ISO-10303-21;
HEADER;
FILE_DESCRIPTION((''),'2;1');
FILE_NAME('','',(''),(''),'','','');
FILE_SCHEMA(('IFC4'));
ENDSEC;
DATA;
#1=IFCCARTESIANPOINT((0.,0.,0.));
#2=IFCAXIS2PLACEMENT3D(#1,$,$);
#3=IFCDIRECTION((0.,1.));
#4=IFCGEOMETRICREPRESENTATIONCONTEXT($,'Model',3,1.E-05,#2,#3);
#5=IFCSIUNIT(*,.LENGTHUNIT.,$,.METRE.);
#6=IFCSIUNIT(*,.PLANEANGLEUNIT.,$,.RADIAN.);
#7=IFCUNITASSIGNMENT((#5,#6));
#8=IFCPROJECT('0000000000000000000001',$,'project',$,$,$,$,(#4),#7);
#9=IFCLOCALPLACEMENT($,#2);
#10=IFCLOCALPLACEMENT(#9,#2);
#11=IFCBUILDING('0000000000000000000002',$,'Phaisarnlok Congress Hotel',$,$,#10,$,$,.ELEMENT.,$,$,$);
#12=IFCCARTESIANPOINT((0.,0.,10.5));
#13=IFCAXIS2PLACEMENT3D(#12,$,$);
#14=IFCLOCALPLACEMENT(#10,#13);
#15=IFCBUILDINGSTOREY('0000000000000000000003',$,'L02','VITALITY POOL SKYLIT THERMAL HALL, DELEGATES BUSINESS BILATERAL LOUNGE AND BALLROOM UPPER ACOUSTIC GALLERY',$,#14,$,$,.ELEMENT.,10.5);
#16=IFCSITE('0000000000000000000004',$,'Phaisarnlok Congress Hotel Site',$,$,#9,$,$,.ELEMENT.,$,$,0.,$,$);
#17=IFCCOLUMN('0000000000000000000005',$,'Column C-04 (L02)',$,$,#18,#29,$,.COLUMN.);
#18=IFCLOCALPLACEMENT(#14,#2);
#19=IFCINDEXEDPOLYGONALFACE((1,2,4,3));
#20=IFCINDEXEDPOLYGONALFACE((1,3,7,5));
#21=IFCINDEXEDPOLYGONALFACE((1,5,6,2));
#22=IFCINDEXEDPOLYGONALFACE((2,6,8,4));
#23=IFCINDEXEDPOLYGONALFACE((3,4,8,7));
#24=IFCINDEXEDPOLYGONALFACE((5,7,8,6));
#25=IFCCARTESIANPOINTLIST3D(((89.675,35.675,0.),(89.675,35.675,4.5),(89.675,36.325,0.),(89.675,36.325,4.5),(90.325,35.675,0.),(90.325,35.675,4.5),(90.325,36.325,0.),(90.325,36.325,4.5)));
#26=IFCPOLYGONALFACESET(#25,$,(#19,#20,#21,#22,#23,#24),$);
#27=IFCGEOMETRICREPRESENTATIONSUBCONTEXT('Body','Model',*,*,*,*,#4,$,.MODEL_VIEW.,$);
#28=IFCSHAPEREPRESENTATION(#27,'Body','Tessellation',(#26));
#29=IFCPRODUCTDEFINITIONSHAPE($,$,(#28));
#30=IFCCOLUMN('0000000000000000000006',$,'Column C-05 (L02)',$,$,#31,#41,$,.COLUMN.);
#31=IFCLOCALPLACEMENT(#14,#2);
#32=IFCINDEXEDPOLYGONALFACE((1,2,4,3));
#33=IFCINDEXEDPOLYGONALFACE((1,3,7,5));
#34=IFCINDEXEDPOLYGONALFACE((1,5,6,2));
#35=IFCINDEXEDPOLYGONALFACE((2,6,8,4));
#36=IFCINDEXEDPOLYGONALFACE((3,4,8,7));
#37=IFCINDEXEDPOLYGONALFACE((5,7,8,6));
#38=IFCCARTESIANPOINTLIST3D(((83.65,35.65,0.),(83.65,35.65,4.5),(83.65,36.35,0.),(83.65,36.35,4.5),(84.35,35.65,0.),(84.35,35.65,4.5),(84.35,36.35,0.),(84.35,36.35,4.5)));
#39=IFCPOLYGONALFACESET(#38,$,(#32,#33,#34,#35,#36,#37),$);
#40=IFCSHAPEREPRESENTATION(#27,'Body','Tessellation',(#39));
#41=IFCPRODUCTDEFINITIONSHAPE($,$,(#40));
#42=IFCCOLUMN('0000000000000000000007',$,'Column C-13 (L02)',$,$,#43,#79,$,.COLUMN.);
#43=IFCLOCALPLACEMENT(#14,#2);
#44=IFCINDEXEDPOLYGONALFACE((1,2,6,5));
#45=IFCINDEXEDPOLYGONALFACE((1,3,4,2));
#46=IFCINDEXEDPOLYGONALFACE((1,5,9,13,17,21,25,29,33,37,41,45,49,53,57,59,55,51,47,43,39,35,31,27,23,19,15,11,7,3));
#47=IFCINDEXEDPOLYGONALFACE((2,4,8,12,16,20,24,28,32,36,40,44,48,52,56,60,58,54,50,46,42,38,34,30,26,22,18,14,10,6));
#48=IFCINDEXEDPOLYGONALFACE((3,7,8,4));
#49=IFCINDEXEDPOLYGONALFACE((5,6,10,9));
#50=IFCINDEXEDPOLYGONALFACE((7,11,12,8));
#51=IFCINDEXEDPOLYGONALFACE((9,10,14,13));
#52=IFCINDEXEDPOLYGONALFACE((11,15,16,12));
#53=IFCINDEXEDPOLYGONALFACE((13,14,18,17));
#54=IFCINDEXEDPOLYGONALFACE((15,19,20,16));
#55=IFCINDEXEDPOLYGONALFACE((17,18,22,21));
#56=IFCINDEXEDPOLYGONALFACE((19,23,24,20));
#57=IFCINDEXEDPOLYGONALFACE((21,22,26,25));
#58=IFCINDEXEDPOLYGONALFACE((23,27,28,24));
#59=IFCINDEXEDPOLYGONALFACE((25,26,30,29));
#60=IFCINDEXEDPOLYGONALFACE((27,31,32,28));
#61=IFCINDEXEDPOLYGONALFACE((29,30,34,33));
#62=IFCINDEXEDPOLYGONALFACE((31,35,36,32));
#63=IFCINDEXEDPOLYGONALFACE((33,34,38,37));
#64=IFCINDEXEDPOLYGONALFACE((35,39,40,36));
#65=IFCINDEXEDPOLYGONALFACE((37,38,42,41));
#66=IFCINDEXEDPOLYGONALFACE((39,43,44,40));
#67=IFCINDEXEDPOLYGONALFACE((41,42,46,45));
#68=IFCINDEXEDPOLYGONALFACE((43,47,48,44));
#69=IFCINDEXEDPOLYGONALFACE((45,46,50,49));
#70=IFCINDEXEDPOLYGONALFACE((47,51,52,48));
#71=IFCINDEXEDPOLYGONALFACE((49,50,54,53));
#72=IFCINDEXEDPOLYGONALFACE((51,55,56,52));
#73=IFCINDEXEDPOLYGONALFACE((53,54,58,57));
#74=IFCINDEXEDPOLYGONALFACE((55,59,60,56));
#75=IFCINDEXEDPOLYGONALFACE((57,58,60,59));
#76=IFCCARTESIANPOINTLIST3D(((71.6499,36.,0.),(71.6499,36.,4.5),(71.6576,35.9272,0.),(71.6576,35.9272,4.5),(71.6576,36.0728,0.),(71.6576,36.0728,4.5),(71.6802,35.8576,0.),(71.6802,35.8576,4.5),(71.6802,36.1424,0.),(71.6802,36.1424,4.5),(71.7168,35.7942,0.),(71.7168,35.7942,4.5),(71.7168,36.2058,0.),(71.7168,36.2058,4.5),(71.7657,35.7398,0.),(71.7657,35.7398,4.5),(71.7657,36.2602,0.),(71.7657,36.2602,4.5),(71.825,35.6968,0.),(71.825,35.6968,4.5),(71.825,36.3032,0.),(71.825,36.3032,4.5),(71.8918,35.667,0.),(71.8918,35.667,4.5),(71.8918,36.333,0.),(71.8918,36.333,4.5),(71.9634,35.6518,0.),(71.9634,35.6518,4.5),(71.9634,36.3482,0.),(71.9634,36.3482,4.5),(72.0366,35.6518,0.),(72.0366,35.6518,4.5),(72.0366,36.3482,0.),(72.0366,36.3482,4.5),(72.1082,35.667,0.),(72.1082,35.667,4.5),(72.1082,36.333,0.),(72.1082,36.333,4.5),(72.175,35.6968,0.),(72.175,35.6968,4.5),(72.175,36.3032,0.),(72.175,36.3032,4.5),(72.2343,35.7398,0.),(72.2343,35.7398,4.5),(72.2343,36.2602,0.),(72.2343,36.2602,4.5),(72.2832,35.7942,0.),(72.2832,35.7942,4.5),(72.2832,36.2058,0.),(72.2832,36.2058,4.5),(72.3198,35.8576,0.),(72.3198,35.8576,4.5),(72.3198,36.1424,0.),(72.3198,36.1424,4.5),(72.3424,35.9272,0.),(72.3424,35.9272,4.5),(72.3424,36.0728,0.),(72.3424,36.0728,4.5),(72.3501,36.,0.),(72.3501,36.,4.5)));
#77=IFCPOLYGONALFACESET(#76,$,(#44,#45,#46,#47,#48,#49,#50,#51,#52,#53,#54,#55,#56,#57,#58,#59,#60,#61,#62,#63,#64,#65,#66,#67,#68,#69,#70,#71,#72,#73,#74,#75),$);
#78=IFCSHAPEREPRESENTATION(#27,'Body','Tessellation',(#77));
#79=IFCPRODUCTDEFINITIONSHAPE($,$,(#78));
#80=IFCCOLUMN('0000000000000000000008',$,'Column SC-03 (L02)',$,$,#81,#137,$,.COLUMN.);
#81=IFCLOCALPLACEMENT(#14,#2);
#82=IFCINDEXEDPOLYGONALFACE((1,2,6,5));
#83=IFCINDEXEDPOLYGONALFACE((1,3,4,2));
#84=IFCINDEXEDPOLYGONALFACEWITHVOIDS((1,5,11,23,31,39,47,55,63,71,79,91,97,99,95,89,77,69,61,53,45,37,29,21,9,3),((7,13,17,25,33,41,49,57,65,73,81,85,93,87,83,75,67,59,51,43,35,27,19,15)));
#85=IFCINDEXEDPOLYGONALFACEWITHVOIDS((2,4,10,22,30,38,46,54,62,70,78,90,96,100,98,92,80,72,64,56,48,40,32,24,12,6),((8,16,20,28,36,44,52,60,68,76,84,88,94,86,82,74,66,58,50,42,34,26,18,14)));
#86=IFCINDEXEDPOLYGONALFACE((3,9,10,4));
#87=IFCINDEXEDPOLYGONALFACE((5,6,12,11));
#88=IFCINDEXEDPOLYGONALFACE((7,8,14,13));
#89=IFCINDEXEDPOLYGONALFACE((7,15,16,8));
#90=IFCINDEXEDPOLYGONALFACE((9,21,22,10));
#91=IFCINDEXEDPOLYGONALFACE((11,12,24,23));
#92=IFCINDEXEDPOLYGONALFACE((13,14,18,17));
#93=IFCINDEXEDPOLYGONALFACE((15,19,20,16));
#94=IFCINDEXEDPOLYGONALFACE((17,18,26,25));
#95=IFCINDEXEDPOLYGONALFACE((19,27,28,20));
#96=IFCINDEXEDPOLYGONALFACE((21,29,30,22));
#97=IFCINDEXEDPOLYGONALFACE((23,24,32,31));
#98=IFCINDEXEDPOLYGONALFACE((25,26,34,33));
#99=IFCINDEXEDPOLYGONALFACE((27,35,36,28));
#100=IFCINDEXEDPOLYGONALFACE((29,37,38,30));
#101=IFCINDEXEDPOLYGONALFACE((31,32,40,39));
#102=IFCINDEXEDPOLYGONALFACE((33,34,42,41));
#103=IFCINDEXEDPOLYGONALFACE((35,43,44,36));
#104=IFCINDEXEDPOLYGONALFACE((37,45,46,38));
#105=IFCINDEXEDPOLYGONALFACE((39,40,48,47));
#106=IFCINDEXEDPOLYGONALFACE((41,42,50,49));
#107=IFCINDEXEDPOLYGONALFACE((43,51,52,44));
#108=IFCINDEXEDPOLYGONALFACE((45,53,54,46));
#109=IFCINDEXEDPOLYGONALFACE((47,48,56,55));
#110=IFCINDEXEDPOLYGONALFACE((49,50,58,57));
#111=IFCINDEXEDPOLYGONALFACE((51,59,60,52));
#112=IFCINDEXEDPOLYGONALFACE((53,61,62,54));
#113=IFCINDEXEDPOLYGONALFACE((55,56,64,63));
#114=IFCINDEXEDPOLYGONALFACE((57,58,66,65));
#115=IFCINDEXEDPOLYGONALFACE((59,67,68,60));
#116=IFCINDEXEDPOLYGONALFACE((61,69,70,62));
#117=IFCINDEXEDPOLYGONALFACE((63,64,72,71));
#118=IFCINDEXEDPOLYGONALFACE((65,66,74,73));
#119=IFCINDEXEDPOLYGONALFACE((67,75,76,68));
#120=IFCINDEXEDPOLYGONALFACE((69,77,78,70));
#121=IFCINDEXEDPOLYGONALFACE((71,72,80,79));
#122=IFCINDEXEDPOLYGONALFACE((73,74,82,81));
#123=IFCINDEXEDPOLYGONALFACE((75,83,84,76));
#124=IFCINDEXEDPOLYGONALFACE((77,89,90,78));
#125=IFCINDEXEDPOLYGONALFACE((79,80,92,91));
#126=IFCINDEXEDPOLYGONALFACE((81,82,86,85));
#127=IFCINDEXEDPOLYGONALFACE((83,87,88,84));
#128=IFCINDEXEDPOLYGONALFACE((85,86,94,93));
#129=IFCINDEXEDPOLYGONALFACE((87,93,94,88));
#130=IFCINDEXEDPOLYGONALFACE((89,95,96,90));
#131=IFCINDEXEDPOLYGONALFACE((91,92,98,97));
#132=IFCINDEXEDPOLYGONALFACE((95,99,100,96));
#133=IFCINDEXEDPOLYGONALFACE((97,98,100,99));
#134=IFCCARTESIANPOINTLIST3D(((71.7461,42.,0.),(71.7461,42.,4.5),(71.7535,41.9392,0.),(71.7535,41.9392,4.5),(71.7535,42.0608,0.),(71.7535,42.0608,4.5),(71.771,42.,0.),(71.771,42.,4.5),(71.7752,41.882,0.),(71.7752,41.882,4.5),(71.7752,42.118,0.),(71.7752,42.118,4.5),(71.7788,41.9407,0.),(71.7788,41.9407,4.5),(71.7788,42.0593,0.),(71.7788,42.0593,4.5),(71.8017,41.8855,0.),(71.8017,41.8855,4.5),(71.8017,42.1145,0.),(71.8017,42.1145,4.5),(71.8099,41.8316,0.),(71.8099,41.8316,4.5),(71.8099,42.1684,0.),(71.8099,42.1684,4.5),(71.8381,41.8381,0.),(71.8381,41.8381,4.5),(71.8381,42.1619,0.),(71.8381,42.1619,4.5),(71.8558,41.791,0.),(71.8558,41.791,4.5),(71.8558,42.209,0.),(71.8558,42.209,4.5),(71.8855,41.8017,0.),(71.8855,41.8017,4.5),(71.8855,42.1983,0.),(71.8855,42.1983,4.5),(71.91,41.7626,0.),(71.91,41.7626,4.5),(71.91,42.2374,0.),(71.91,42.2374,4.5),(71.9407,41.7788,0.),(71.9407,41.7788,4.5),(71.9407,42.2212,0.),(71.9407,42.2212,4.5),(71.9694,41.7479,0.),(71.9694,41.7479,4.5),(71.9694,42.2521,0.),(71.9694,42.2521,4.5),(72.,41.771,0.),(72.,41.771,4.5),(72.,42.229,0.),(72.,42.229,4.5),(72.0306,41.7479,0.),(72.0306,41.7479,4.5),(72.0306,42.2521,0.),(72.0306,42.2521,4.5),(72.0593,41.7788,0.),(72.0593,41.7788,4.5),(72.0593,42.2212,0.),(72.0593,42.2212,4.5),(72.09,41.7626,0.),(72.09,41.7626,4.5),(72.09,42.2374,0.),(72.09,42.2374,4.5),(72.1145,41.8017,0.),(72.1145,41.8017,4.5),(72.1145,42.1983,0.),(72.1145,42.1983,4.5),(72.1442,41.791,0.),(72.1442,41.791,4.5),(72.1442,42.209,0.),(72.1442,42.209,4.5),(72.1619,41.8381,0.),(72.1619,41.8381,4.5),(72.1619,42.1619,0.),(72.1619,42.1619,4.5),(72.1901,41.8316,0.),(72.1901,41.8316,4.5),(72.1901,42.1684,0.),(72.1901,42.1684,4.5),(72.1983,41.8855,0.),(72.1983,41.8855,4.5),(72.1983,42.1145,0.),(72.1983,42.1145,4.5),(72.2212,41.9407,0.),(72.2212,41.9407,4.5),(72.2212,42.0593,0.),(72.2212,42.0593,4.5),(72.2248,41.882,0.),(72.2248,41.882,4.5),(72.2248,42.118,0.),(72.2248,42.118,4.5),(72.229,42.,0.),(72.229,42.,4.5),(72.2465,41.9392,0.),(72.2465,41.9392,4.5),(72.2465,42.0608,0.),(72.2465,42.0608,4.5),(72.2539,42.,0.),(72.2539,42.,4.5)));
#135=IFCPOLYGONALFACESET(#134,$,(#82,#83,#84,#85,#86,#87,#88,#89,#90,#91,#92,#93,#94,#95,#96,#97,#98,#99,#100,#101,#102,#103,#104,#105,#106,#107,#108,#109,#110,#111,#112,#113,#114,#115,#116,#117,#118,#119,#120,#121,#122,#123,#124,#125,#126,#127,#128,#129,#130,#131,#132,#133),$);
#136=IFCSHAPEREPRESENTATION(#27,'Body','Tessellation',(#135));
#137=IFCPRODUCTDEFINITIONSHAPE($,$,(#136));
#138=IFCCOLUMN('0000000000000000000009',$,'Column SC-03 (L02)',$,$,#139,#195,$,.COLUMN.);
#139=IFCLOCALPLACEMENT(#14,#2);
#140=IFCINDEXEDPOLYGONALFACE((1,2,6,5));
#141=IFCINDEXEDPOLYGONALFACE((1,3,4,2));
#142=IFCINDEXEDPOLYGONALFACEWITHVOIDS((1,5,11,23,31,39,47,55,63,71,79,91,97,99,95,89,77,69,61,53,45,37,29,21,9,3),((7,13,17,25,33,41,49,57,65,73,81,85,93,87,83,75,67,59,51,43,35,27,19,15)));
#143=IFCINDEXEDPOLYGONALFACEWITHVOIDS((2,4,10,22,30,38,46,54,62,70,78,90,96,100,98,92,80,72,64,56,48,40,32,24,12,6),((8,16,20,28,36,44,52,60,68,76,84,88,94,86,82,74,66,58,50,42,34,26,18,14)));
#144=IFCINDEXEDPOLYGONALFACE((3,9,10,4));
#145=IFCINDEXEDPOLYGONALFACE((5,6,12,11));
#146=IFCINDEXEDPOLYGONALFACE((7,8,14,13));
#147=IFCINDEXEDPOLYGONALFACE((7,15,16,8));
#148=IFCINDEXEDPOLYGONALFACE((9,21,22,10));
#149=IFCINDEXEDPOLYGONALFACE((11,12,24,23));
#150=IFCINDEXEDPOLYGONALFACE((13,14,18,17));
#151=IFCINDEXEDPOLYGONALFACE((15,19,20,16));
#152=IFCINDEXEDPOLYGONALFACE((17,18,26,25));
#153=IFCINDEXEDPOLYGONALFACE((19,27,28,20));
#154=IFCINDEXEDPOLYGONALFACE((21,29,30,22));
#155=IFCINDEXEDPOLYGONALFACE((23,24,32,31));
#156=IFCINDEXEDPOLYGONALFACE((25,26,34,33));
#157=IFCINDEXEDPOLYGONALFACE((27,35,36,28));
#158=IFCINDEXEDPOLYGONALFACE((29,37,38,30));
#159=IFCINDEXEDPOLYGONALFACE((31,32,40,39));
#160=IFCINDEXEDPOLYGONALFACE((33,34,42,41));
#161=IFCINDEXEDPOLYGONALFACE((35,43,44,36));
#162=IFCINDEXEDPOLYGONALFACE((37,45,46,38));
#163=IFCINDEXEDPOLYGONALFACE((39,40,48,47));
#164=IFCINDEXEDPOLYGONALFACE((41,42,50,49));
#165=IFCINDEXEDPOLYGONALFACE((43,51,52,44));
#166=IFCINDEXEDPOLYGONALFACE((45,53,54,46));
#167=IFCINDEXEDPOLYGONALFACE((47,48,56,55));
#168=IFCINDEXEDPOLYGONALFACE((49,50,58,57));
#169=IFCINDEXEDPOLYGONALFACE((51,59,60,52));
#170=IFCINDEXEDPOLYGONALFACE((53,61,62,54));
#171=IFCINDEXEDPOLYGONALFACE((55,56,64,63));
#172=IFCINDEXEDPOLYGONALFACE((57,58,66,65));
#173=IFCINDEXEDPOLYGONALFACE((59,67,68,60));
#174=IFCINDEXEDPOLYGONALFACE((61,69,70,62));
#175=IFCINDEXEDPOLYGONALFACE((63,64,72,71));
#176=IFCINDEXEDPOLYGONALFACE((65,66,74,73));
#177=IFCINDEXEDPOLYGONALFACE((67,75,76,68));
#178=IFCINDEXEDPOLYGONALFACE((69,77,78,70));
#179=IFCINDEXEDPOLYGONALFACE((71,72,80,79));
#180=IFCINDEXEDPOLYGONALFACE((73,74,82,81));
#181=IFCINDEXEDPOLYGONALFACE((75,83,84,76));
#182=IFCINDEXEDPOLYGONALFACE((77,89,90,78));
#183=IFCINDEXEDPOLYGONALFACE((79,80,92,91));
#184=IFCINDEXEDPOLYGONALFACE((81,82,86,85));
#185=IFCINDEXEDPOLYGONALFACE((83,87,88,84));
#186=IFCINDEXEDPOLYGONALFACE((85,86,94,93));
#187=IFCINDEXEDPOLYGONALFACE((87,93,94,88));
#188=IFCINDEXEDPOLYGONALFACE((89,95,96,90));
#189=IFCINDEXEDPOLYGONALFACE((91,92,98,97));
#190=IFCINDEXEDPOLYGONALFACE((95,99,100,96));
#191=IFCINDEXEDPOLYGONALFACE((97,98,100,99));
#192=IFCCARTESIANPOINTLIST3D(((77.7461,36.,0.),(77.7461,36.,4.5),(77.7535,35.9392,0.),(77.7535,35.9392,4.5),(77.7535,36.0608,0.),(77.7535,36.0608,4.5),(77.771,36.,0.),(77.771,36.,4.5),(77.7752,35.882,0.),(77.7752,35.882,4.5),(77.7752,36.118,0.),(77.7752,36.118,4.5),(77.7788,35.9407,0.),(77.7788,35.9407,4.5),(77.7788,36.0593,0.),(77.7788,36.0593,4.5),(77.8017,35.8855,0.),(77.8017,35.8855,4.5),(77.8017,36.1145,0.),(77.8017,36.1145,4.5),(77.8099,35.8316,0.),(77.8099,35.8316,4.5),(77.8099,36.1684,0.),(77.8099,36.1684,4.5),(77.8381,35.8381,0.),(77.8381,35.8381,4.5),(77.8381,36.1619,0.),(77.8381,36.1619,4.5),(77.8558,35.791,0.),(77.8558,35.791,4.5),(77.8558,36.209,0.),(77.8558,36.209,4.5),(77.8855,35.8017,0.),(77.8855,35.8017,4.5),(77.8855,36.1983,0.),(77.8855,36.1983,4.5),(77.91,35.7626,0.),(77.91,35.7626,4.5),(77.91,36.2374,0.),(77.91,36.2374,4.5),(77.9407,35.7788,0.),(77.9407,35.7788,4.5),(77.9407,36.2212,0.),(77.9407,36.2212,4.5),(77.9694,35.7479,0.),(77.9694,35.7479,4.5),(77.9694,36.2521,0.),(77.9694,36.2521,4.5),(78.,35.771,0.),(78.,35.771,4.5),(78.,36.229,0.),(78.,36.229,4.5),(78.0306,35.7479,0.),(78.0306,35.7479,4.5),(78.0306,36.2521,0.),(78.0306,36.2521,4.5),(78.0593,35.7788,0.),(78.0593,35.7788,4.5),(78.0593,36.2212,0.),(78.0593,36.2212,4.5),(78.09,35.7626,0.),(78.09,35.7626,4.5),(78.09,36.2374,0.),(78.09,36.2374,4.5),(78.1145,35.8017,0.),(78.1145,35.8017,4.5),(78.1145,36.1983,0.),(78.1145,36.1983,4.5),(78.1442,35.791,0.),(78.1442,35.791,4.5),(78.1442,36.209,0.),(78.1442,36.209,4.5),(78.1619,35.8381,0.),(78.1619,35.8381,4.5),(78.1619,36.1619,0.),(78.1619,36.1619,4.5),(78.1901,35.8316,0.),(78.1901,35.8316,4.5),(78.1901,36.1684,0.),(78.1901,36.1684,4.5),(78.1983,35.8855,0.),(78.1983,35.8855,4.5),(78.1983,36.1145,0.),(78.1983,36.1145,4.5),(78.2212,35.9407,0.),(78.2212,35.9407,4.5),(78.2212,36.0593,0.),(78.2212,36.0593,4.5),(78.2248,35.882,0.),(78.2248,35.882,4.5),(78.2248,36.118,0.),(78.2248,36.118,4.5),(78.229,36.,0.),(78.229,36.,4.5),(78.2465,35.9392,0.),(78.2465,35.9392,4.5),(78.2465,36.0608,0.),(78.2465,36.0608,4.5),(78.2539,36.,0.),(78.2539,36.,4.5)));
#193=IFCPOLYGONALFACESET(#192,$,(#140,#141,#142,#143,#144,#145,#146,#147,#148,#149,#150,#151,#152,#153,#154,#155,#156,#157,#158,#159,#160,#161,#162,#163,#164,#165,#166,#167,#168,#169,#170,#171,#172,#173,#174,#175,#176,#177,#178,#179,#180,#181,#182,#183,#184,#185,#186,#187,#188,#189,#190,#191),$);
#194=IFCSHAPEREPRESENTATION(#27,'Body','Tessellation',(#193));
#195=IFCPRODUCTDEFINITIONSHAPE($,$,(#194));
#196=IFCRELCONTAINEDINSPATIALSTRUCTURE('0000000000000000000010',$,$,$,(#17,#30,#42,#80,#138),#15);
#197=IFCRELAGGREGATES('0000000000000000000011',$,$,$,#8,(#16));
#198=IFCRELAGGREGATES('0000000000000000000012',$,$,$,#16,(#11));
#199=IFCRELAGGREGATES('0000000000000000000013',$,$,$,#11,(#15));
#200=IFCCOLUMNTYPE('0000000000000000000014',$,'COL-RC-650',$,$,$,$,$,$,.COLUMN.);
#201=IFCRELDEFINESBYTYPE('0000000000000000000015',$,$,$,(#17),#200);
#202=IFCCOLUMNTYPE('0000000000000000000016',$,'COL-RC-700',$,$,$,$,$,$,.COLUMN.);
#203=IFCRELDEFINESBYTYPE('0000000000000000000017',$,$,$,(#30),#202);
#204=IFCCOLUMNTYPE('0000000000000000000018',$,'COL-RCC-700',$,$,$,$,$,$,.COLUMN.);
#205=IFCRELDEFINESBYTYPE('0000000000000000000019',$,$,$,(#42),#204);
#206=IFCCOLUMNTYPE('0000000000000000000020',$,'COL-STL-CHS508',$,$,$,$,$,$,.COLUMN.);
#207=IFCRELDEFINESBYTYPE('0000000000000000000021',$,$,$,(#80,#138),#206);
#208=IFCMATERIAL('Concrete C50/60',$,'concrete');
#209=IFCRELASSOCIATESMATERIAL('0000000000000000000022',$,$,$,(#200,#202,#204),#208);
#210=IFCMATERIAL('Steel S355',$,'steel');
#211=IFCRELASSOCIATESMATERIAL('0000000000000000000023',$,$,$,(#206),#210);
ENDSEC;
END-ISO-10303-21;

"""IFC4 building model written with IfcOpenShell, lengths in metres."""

from ifc_helpers import new_model, si_unit, direction, frame, origin, origin_2d, place, context, subcontext, project, spatial, rectangle, circle, hollow_circle, extrude, material, material_profile, profile_set, type_object, element, save


model = new_model("IFC4")

# Units and contexts
model_context = context("Model", 3, precision=1e-05, world=origin(), true_north=direction((0.0, 1.0)))
body_context = subcontext(model_context, "Body", "Model", "MODEL_VIEW")
ifc_project = project(units=[si_unit("LENGTHUNIT", "METRE"), si_unit("PLANEANGLEUNIT", "RADIAN")], contexts=[model_context])

# Site, building, storey
site_placement = place(None, origin())
site = spatial("IfcSite", under=ifc_project, at=site_placement, Name="Phaisarnlok Congress Hotel Site", CompositionType="ELEMENT", RefElevation=0.0)
building_placement = place(site_placement, origin())
building = spatial("IfcBuilding", under=site, at=building_placement, Name="Phaisarnlok Congress Hotel", CompositionType="ELEMENT")
storey_placement = place(building_placement, frame((0.0, 0.0, 10.5)))
storey = spatial("IfcBuildingStorey", under=building, at=storey_placement, Name="L02", Description="VITALITY POOL SKYLIT THERMAL HALL, DELEGATES BUSINESS BILATERAL LOUNGE AND BALLROOM UPPER ACOUSTIC GALLERY", CompositionType="ELEMENT", Elevation=10.5)

# Columns
ifc_material_1 = material(Name="Concrete C50/60", Category="concrete")
ifc_material_profile_1 = material_profile(ifc_material_1, rectangle(XDim=0.6499, YDim=0.6499, at=origin_2d()), Name="RC 650x650")
ifc_profile_set_1 = profile_set([ifc_material_profile_1], Name="Concrete C50/60")
column_type_1 = type_object("IfcColumnType", Name="COL-RC-650", PredefinedType="COLUMN", material=ifc_profile_set_1)
column_1_placement = place(storey_placement, frame((90.0, 36.0, 0.0), z_axis=(0.0, 0.0, 1.0), x_axis=(1.0, 0.0, 0.0)))
element("IfcColumn", 1, at=column_1_placement, inside=storey, type_object=column_type_1, Name="Column C-04 (L02)", PredefinedType="COLUMN", context=body_context, shape_type="SweptSolid", body=[
    extrude(rectangle(XDim=0.6499, YDim=0.6499, at=origin_2d()), origin(), (0.0, 0.0, 1.0), 4.5),
])
ifc_material_profile_2 = material_profile(ifc_material_1, rectangle(XDim=0.7, YDim=0.7, at=origin_2d()), Name="RC 700x700")
ifc_profile_set_2 = profile_set([ifc_material_profile_2], Name="Concrete C50/60")
column_type_2 = type_object("IfcColumnType", Name="COL-RC-700", PredefinedType="COLUMN", material=ifc_profile_set_2)
column_2_placement = place(storey_placement, frame((84.0, 36.0, 0.0), z_axis=(0.0, 0.0, 1.0), x_axis=(1.0, 0.0, 0.0)))
element("IfcColumn", 2, at=column_2_placement, inside=storey, type_object=column_type_2, Name="Column C-05 (L02)", PredefinedType="COLUMN", context=body_context, shape_type="SweptSolid", body=[
    extrude(rectangle(XDim=0.7, YDim=0.7, at=origin_2d()), origin(), (0.0, 0.0, 1.0), 4.5),
])
ifc_material_profile_3 = material_profile(ifc_material_1, circle(Radius=0.3501, at=origin_2d()), Name="RCC D700")
ifc_profile_set_3 = profile_set([ifc_material_profile_3], Name="Concrete C50/60")
column_type_3 = type_object("IfcColumnType", Name="COL-RCC-700", PredefinedType="COLUMN", material=ifc_profile_set_3)
column_3_placement = place(storey_placement, frame((72.0, 36.0, 0.0), z_axis=(0.0, 0.0, 1.0), x_axis=(1.0, 0.0, 0.0)))
element("IfcColumn", 3, at=column_3_placement, inside=storey, type_object=column_type_3, Name="Column C-13 (L02)", PredefinedType="COLUMN", context=body_context, shape_type="SweptSolid", body=[
    extrude(circle(Radius=0.3501, at=origin_2d()), origin(), (0.0, 0.0, 1.0), 4.5),
])
ifc_material_2 = material(Name="Steel S355", Category="steel")
ifc_material_profile_4 = material_profile(ifc_material_2, hollow_circle(Radius=0.2539, WallThickness=0.0249, at=origin_2d()), Name="CHS 508x25")
ifc_profile_set_4 = profile_set([ifc_material_profile_4], Name="Steel S355")
column_type_4 = type_object("IfcColumnType", Name="COL-STL-CHS508", PredefinedType="COLUMN", material=ifc_profile_set_4)
for number, where, z_axis, x_axis, name in (
    (4, (72.0, 42.0, 0.0), (0.0, 0.0, 1.0), (1.0, 0.0, 0.0), "Column SC-03 (L02)"),
    (5, (78.0, 36.0, 0.0), (0.0, 0.0, 1.0), (1.0, 0.0, 0.0), "Column SC-03 (L02)"),
):
    element("IfcColumn", number, at=place(storey_placement, frame(where, z_axis=z_axis, x_axis=x_axis)), inside=storey, type_object=column_type_4, Name=name, PredefinedType="COLUMN", context=body_context, shape_type="SweptSolid", body=[
        extrude(hollow_circle(Radius=0.2539, WallThickness=0.0249, at=origin_2d()), origin(), (0.0, 0.0, 1.0), 4.5),
    ])

save(model, "model.ifc")
